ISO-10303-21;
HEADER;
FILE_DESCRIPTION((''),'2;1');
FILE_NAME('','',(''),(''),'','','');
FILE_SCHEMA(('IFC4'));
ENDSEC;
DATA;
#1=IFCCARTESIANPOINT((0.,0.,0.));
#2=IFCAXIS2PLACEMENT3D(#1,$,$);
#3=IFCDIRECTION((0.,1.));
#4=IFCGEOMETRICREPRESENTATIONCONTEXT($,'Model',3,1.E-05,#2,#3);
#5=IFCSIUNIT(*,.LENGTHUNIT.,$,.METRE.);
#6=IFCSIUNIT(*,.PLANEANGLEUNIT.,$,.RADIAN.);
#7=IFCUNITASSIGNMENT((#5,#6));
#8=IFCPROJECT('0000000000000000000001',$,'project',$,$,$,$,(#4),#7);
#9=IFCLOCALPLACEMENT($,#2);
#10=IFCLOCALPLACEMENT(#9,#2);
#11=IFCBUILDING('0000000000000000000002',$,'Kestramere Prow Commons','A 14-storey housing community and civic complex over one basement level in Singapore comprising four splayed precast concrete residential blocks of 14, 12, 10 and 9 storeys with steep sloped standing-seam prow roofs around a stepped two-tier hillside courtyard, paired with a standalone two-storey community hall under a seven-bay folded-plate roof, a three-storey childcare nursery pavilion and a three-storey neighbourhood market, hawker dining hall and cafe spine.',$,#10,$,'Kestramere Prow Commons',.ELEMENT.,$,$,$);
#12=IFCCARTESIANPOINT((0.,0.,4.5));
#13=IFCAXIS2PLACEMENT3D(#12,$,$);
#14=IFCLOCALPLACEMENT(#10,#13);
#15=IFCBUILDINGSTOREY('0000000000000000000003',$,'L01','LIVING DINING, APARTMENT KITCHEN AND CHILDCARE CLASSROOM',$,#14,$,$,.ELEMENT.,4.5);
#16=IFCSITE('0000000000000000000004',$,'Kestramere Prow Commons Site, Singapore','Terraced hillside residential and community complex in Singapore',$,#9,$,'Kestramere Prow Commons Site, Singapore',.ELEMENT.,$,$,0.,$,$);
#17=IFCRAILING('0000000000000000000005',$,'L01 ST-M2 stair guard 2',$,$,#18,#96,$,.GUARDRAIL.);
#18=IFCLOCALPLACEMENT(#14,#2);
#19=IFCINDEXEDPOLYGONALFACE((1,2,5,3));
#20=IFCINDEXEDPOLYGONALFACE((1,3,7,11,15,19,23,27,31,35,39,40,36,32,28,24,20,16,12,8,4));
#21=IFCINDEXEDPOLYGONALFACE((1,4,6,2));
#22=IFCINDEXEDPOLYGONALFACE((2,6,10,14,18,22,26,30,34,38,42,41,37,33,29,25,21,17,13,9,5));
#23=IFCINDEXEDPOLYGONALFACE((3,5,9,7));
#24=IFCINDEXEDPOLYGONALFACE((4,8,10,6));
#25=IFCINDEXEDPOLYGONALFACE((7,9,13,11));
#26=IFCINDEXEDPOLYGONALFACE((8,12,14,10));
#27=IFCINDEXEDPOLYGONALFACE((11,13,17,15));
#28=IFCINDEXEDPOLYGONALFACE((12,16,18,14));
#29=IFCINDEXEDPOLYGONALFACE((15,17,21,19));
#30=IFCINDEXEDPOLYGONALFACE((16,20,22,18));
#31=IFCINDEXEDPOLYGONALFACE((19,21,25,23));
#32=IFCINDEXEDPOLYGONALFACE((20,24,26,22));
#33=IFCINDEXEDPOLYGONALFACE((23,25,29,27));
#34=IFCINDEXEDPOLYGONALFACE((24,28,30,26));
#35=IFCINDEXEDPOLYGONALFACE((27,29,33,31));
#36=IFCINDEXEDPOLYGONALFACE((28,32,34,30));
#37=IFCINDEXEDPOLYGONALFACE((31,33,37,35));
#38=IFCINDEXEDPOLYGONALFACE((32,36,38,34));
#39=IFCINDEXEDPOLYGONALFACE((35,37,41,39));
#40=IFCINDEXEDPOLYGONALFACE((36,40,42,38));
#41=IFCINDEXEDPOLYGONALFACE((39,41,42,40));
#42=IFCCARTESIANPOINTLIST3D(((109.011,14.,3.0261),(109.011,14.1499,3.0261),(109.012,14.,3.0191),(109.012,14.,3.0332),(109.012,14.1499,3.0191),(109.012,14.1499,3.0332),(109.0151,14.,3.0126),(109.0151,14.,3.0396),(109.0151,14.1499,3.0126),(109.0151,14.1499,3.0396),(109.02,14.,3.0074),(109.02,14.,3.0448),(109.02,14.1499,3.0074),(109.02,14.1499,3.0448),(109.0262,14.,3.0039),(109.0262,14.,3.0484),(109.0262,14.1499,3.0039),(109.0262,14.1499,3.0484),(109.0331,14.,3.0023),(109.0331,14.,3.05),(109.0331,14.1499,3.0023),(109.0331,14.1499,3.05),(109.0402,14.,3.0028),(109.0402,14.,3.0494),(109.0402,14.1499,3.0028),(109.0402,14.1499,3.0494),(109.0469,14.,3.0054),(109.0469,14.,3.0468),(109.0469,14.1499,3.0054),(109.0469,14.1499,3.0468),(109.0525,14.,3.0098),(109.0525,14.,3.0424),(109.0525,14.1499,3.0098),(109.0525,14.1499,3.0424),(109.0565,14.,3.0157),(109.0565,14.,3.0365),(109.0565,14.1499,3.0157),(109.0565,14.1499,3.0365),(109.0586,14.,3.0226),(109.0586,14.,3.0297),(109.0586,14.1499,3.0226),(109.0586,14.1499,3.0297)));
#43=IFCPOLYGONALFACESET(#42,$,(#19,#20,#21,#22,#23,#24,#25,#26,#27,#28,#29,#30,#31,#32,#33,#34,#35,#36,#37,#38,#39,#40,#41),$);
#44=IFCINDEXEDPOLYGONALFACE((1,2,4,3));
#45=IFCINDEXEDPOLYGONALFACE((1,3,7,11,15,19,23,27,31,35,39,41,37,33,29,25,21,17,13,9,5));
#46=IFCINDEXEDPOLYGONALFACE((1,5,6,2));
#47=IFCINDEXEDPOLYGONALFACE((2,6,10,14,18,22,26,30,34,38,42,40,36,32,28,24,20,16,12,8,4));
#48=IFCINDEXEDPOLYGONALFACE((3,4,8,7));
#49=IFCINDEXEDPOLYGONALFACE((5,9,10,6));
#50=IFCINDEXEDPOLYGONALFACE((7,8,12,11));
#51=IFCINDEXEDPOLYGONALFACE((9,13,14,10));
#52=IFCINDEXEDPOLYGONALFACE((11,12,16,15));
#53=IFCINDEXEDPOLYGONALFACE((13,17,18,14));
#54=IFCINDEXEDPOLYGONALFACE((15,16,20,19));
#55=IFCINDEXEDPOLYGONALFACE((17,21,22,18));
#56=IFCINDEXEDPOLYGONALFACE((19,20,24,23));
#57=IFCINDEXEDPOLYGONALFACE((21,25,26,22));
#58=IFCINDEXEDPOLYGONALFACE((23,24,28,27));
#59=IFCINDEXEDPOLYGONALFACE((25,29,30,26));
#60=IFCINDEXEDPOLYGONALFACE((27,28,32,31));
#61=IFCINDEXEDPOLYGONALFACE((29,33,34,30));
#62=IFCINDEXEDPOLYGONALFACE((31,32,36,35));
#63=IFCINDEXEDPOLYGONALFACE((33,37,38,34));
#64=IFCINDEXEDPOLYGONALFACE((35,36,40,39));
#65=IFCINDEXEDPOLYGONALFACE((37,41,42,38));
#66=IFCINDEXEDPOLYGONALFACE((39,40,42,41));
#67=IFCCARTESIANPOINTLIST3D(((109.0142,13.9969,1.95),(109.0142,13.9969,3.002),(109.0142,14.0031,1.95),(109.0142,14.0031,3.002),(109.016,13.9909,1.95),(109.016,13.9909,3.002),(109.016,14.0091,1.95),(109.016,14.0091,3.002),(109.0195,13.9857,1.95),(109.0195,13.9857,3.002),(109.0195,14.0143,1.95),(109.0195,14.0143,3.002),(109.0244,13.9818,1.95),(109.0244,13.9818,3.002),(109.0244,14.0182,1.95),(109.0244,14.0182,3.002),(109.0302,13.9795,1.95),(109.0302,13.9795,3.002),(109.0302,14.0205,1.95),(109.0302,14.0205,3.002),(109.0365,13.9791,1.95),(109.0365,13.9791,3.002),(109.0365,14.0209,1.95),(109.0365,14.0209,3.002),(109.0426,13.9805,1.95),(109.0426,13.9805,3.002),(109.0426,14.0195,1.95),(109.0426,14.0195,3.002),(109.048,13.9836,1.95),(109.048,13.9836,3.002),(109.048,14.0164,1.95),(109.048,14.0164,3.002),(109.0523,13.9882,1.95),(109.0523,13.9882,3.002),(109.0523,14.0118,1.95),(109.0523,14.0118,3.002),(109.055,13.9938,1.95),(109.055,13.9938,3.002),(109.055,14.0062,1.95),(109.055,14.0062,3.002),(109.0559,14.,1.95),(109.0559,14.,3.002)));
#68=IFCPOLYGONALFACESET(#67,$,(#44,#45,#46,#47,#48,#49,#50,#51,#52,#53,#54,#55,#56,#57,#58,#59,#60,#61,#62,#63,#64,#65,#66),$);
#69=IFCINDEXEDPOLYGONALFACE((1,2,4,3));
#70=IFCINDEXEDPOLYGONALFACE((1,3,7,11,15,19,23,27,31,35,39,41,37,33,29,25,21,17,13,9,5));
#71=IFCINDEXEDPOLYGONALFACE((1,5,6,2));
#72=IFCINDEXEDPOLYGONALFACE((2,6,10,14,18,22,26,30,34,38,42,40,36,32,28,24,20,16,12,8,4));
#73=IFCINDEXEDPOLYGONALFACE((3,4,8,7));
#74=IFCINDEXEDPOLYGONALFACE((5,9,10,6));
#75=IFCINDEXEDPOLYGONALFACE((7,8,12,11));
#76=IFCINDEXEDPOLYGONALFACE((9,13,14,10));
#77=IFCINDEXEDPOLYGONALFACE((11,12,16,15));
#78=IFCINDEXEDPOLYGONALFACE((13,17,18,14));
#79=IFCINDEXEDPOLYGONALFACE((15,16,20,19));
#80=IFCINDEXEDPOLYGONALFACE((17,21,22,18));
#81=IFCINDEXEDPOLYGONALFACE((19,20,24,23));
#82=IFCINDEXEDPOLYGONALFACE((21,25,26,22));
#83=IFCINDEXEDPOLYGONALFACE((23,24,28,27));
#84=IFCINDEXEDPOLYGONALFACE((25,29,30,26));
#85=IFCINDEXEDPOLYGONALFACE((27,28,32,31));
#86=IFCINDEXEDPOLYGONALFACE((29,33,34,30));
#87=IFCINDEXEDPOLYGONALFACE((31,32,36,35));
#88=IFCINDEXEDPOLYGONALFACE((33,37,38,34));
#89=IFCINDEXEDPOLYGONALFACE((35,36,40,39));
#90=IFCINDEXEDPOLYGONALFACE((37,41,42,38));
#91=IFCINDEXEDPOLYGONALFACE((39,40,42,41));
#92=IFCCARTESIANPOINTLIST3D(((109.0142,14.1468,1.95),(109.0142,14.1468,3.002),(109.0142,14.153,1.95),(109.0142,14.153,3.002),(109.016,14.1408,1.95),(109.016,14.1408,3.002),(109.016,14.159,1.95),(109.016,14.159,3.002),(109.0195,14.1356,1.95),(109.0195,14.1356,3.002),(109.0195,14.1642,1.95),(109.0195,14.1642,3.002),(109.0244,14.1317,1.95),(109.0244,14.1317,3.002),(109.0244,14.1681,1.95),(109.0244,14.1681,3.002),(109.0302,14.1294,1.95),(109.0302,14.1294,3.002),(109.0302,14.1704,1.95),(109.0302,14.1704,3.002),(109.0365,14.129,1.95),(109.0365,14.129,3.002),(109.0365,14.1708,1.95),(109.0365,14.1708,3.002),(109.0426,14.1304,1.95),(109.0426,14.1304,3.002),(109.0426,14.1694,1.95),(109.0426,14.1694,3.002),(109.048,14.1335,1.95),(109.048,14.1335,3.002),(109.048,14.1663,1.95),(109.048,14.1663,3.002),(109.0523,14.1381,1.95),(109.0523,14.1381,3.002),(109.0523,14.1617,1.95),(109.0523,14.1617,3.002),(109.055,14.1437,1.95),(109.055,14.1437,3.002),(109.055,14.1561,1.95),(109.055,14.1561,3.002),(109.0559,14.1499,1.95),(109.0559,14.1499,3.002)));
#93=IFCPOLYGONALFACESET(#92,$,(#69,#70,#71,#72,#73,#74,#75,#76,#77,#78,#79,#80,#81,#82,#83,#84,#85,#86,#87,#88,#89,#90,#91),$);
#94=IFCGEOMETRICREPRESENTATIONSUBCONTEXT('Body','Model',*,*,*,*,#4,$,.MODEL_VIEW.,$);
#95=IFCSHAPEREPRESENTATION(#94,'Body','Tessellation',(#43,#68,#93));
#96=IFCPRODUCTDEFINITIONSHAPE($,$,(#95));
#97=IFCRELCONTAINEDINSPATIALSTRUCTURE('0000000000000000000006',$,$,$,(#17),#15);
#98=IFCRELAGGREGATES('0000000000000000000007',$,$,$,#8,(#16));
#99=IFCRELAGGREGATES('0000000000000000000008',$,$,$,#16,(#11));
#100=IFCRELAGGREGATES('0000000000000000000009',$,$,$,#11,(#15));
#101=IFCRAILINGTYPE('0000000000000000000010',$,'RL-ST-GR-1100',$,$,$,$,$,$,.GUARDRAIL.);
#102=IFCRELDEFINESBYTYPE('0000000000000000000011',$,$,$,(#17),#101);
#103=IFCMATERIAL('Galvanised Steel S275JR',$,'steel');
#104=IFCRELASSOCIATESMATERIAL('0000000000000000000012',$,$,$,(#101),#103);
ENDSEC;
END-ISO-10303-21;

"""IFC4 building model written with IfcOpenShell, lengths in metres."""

from ifc_helpers import new_model, si_unit, direction, frame, origin, origin_2d, place, context, subcontext, project, spatial, circle, extrude, material, type_object, element, save


model = new_model("IFC4")

# Units and contexts
model_context = context("Model", 3, precision=1e-05, world=origin(), true_north=direction((0.0, 1.0)))
body_context = subcontext(model_context, "Body", "Model", "MODEL_VIEW")
ifc_project = project(units=[si_unit("LENGTHUNIT", "METRE"), si_unit("PLANEANGLEUNIT", "RADIAN")], contexts=[model_context])

# Site, building, storey
site_placement = place(None, origin())
site = spatial("IfcSite", under=ifc_project, at=site_placement, Name="Kestramere Prow Commons Site, Singapore", Description="Terraced hillside residential and community complex in Singapore", LongName="Kestramere Prow Commons Site, Singapore", CompositionType="ELEMENT", RefElevation=0.0)
building_placement = place(site_placement, origin())
building = spatial("IfcBuilding", under=site, at=building_placement, Name="Kestramere Prow Commons", Description="A 14-storey housing community and civic complex over one basement level in Singapore comprising four splayed precast concrete residential blocks of 14, 12, 10 and 9 storeys with steep sloped standing-seam prow roofs around a stepped two-tier hillside courtyard, paired with a standalone two-storey community hall under a seven-bay folded-plate roof, a three-storey childcare nursery pavilion and a three-storey neighbourhood market, hawker dining hall and cafe spine.", LongName="Kestramere Prow Commons", CompositionType="ELEMENT")
storey_placement = place(building_placement, frame((0.0, 0.0, 4.5)))
storey = spatial("IfcBuildingStorey", under=building, at=storey_placement, Name="L01", Description="LIVING DINING, APARTMENT KITCHEN AND CHILDCARE CLASSROOM", CompositionType="ELEMENT", Elevation=4.5)

# Railing
ifc_material_1 = material(Name="Galvanised Steel S275JR", Category="steel")
railing_type_1 = type_object("IfcRailingType", Name="RL-ST-GR-1100", PredefinedType="GUARDRAIL", material=ifc_material_1)
railing_1_placement = place(storey_placement, frame((109.0349, 14.0, 1.95)))
element("IfcRailing", 1, at=railing_1_placement, inside=storey, type_object=railing_type_1, Name="L01 ST-M2 stair guard 2", PredefinedType="GUARDRAIL", context=body_context, shape_type="SweptSolid", body=[
    extrude(circle(Radius=0.0239, at=origin_2d()), frame((0.0, 0.0, 1.0762), z_axis=(0.0, 1.0, 0.0), x_axis=(-1.0, 0.0, 0.0)), (0.0, 0.0, 1.0), 0.1499),
    extrude(circle(Radius=0.021, at=origin_2d()), origin(), (0.0, 0.0, 1.0), 1.052),
    extrude(circle(Radius=0.021, at=origin_2d()), frame((0.0, 0.1499, 0.0)), (0.0, 0.0, 1.0), 1.052),
])

save(model, "model.ifc")
